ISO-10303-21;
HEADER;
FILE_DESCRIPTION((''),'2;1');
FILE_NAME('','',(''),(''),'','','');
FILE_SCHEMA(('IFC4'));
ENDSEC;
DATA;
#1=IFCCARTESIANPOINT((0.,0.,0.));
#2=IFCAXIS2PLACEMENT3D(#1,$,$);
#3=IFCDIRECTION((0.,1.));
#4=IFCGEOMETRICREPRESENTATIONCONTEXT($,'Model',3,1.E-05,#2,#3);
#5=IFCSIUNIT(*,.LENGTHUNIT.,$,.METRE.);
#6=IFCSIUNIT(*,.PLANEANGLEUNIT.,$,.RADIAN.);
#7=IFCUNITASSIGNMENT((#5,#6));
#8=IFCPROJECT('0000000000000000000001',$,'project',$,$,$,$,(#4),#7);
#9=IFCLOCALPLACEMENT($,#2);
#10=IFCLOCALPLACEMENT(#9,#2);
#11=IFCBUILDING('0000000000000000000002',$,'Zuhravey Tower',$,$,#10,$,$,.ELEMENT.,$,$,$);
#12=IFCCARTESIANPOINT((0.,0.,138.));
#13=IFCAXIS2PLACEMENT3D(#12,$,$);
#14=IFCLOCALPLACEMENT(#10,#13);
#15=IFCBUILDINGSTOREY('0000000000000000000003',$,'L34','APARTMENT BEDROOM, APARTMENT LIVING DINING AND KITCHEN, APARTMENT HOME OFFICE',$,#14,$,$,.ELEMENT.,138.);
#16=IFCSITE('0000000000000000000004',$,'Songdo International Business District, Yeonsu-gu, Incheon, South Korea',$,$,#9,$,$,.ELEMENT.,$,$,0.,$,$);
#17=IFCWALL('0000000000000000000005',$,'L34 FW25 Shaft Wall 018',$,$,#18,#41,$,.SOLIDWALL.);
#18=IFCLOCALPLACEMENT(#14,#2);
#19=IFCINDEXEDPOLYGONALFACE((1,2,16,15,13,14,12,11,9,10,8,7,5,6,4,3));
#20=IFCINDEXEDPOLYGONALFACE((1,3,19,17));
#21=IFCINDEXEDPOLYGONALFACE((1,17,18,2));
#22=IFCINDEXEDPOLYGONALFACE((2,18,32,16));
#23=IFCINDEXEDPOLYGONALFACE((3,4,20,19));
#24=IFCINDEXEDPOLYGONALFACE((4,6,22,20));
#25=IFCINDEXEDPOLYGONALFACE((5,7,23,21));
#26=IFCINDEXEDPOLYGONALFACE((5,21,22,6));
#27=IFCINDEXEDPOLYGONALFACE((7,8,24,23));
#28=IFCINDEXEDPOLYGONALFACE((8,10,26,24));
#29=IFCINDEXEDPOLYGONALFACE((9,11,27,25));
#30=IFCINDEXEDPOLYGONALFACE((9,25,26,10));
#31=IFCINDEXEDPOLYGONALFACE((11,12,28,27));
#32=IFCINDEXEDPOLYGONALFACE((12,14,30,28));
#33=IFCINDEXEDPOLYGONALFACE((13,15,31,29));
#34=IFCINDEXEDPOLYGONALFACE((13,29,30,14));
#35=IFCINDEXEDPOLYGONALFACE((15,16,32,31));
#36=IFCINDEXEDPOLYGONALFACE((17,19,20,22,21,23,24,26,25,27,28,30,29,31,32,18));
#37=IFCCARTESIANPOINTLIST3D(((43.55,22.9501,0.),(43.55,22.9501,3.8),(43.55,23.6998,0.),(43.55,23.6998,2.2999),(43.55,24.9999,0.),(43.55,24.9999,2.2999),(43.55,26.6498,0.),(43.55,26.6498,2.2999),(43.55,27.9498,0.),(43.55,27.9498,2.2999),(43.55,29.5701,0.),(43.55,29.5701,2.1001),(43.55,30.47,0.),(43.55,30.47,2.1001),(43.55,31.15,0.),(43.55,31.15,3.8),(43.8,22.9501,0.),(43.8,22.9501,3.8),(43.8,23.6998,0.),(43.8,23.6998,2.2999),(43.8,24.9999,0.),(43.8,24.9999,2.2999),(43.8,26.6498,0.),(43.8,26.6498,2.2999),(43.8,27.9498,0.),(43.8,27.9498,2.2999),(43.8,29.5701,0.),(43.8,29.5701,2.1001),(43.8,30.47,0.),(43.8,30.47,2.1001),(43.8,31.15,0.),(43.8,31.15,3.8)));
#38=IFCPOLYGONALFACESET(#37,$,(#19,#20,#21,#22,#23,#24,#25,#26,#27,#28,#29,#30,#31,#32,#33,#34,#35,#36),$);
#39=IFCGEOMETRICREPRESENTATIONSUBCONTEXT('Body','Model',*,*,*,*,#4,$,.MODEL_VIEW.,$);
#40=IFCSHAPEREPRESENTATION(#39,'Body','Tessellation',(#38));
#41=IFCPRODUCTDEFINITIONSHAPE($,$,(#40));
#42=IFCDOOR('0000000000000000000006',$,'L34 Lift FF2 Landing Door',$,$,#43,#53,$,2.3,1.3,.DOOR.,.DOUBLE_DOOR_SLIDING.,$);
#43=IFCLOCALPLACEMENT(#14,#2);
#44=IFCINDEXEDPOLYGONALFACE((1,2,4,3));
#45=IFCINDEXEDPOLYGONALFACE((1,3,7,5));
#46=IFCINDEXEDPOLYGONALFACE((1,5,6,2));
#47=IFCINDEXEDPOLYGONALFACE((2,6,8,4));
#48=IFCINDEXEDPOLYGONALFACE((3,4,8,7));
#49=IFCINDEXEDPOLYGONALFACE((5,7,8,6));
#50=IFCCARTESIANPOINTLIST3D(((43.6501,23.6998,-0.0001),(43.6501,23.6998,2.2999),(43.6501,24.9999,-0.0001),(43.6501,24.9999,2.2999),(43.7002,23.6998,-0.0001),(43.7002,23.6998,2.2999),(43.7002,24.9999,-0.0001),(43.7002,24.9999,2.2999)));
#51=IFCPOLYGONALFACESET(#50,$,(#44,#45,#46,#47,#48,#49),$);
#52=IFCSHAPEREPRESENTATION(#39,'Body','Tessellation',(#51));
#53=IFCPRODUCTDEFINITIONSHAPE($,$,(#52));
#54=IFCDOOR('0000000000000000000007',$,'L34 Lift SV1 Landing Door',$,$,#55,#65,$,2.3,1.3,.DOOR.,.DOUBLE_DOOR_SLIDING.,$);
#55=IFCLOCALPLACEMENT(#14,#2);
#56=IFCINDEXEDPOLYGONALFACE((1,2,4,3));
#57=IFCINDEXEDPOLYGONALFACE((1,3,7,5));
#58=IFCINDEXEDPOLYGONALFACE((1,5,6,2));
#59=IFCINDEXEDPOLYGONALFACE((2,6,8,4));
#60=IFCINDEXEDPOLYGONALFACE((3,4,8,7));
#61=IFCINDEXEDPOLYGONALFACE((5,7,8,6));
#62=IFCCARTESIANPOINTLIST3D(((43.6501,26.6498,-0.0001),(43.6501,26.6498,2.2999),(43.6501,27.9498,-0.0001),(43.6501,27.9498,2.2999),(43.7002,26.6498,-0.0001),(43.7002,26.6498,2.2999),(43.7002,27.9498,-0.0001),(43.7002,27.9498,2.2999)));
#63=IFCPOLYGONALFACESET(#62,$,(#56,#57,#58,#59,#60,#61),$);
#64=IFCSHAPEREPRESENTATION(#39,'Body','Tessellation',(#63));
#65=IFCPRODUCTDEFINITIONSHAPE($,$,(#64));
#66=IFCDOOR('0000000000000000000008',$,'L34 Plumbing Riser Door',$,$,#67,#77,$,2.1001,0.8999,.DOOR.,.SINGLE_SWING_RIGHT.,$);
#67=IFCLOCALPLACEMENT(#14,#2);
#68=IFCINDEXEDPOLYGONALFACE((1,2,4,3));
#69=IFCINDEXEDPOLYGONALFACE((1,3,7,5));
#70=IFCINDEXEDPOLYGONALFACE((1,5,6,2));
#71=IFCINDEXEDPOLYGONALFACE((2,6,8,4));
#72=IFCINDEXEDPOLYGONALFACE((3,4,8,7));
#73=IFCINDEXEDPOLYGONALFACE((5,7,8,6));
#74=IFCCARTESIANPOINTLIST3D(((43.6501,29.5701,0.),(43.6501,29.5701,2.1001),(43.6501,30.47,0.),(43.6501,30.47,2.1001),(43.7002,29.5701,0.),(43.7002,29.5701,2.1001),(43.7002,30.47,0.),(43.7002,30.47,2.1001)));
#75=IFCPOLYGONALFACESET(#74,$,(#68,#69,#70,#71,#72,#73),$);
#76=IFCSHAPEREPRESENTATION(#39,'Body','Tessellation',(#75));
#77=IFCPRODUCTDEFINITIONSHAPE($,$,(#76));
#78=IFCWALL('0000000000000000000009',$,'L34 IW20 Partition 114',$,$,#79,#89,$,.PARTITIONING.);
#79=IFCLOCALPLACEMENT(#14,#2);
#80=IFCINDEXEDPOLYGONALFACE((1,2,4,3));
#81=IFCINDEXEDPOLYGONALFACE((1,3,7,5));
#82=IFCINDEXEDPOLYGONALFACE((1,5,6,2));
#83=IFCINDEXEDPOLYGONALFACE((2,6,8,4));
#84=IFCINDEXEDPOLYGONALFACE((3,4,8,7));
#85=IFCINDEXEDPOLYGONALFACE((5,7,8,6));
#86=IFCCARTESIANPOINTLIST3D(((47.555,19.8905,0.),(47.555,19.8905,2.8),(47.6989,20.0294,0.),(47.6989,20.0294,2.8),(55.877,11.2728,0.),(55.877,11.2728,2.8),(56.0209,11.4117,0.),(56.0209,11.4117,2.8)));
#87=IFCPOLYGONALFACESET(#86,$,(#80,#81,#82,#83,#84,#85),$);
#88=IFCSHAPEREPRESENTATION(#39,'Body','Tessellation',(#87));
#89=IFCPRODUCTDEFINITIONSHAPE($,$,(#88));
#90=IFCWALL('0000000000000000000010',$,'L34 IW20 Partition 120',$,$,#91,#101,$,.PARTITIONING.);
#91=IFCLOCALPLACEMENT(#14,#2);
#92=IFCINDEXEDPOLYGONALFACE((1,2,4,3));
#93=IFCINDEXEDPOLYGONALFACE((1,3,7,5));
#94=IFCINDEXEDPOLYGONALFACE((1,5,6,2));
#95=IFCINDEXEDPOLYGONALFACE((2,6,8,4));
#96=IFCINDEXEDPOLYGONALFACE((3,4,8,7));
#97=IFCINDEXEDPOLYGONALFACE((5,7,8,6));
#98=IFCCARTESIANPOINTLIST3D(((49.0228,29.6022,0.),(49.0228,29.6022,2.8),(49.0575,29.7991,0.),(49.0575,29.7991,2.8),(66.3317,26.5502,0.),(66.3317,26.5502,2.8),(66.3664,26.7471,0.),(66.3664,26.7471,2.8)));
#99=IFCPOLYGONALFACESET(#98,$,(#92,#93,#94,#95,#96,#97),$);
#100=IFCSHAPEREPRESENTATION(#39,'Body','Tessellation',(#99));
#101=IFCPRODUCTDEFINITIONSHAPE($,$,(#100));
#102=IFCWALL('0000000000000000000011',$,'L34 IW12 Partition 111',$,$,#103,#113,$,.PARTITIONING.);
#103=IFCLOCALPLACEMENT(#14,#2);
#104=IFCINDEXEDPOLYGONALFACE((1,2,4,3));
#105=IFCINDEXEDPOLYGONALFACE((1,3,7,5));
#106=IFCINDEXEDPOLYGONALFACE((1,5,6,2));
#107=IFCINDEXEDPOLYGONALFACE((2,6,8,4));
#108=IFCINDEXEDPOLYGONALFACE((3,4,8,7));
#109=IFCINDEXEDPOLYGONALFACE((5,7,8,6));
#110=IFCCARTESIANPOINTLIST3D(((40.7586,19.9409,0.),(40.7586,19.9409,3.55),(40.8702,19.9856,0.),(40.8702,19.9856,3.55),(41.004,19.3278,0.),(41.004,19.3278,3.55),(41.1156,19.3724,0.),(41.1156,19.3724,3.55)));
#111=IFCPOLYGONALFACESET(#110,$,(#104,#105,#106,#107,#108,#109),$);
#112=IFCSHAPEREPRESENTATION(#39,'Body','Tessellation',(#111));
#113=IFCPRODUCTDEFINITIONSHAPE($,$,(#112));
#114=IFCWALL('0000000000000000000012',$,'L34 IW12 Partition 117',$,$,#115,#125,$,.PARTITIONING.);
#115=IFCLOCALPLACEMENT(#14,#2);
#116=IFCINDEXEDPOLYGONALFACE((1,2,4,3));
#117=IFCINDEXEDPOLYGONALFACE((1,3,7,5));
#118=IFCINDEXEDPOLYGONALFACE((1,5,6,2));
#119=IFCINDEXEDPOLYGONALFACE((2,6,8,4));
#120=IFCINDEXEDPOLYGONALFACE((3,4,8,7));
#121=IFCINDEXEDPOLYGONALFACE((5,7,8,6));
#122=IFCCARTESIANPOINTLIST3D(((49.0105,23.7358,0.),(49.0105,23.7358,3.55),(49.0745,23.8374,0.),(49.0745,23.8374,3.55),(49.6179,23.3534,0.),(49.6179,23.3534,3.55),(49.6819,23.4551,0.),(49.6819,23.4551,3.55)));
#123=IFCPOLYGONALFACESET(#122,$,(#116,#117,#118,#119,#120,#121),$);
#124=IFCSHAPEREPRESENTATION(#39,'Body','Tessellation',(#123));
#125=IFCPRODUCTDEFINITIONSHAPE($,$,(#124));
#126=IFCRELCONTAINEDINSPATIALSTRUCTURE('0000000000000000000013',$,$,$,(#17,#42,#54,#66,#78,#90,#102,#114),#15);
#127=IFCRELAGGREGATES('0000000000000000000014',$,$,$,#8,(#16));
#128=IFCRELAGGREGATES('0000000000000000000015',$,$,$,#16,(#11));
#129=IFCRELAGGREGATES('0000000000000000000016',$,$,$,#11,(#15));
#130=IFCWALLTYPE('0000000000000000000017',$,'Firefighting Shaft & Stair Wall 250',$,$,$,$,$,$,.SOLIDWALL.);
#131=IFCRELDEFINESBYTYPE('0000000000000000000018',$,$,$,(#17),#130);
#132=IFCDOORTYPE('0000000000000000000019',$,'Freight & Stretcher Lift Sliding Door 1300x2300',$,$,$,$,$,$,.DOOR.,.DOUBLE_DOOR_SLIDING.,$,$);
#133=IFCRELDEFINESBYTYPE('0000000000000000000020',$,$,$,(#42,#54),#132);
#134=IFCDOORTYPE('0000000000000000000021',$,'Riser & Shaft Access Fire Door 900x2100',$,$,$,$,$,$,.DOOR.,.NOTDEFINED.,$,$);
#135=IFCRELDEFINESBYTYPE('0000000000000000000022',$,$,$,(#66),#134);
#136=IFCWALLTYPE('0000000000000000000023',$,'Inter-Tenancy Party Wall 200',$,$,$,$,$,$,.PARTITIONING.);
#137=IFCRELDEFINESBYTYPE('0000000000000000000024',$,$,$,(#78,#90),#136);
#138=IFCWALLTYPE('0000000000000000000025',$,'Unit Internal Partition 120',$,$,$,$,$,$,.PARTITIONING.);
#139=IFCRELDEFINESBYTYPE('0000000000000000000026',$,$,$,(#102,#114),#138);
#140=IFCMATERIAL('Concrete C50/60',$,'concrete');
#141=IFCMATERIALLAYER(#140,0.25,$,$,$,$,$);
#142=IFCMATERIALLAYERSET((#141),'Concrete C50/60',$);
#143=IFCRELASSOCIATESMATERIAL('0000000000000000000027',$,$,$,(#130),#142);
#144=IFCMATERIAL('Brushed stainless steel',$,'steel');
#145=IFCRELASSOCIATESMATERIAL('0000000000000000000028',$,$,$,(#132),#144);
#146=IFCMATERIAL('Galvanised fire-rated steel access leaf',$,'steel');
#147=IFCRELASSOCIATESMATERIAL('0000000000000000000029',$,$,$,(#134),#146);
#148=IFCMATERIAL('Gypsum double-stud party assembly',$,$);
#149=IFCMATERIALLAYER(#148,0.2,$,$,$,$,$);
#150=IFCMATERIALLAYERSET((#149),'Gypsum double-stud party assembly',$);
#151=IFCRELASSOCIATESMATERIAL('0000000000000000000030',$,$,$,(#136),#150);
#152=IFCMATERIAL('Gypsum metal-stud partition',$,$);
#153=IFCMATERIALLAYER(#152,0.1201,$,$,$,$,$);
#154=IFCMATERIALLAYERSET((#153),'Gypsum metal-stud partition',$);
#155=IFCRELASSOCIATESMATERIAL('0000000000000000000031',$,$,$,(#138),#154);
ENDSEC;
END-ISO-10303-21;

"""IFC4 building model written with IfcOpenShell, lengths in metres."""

from ifc_helpers import new_model, si_unit, direction, frame, frame_2d, origin, place, context, subcontext, project, spatial, rectangle, extrude, material, layer, layer_set, type_object, element, fill, save


model = new_model("IFC4")

# Units and contexts
model_context = context("Model", 3, precision=1e-05, world=origin(), true_north=direction((0.0, 1.0)))
body_context = subcontext(model_context, "Body", "Model", "MODEL_VIEW")
ifc_project = project(units=[si_unit("LENGTHUNIT", "METRE"), si_unit("PLANEANGLEUNIT", "RADIAN")], contexts=[model_context])

# Site, building, storey
site_placement = place(None, origin())
site = spatial("IfcSite", under=ifc_project, at=site_placement, Name="Songdo International Business District, Yeonsu-gu, Incheon, South Korea", CompositionType="ELEMENT", RefElevation=0.0)
building_placement = place(site_placement, origin())
building = spatial("IfcBuilding", under=site, at=building_placement, Name="Zuhravey Tower", CompositionType="ELEMENT")
storey_placement = place(building_placement, frame((0.0, 0.0, 138.0)))
storey = spatial("IfcBuildingStorey", under=building, at=storey_placement, Name="L34", Description="APARTMENT BEDROOM, APARTMENT LIVING DINING AND KITCHEN, APARTMENT HOME OFFICE", CompositionType="ELEMENT", Elevation=138.0)

# Shared definitions
ifc_material_1 = material(Name="Concrete C50/60", Category="concrete")
ifc_layer_1 = layer(ifc_material_1, 0.25)
ifc_layer_set_1 = layer_set([ifc_layer_1], Name="Concrete C50/60")
wall_type_1 = type_object("IfcWallType", Name="Firefighting Shaft & Stair Wall 250", PredefinedType="SOLIDWALL", material=ifc_layer_set_1)

# Wall, openings, doors
wall_1_placement = place(storey_placement, frame((43.675, 22.95, 0.0), z_axis=(0.0, 0.0, 1.0), x_axis=(0.0, 1.0, 0.0)))
wall_1 = element("IfcWall", 1, at=wall_1_placement, inside=storey, type_object=wall_type_1, Name="L34 FW25 Shaft Wall 018", PredefinedType="SOLIDWALL", context=body_context, shape_type="SweptSolid", body=[
    extrude(rectangle(XDim=8.2, YDim=0.25, at=frame_2d((4.1001, 0.0))), origin(), (0.0, 0.0, 1.0), 3.8),
])
opening_1_placement = place(wall_1_placement, frame((0.75, 0.0, 0.0)))
opening_1 = element("IfcOpeningElement", 2, at=opening_1_placement, cuts=wall_1, PredefinedType="OPENING", context=body_context, shape_type="SweptSolid", body=[
    extrude(rectangle(XDim=1.3, YDim=2.3, at=frame_2d((0.6499, 1.1499))), frame((0.0, 0.137, 0.0), z_axis=(0.0, -1.0, 0.0), x_axis=(1.0, 0.0, 0.0)), (0.0, 0.0, 1.0), 0.2739),
])
opening_2_placement = place(wall_1_placement, frame((3.7, 0.0, 0.0)))
opening_2 = element("IfcOpeningElement", 3, at=opening_2_placement, cuts=wall_1, PredefinedType="OPENING", context=body_context, shape_type="SweptSolid", body=[
    extrude(rectangle(XDim=1.3, YDim=2.3, at=frame_2d((0.6499, 1.1499))), frame((0.0, 0.137, 0.0), z_axis=(0.0, -1.0, 0.0), x_axis=(1.0, 0.0, 0.0)), (0.0, 0.0, 1.0), 0.2739),
])
opening_3_placement = place(wall_1_placement, frame((6.6201, 0.0, 0.0)))
opening_3 = element("IfcOpeningElement", 4, at=opening_3_placement, cuts=wall_1, PredefinedType="OPENING", context=body_context, shape_type="SweptSolid", body=[
    extrude(rectangle(XDim=0.8999, YDim=2.1001, at=frame_2d((0.45, 1.05))), frame((0.0, 0.137, 0.0), z_axis=(0.0, -1.0, 0.0), x_axis=(1.0, 0.0, 0.0)), (0.0, 0.0, 1.0), 0.2739),
])
ifc_material_2 = material(Name="Brushed stainless steel", Category="steel")
door_type_1 = type_object("IfcDoorType", Name="Freight & Stretcher Lift Sliding Door 1300x2300", OperationType="DOUBLE_DOOR_SLIDING", PredefinedType="DOOR", material=ifc_material_2)
door_1_placement = place(opening_1_placement, origin())
door_1 = element("IfcDoor", 5, at=door_1_placement, inside=storey, type_object=door_type_1, Name="L34 Lift FF2 Landing Door", OperationType="DOUBLE_DOOR_SLIDING", OverallHeight=2.3, OverallWidth=1.3, PredefinedType="DOOR", context=body_context, shape_type="SweptSolid", body=[
    extrude(rectangle(XDim=1.3, YDim=2.3, at=frame_2d((0.6499, 1.1499))), frame((0.0, 0.0249, 0.0), z_axis=(0.0, -1.0, 0.0), x_axis=(1.0, 0.0, 0.0)), (0.0, 0.0, 1.0), 0.05),
])
fill(opening_1, door_1)
door_2_placement = place(opening_2_placement, origin())
door_2 = element("IfcDoor", 6, at=door_2_placement, inside=storey, type_object=door_type_1, Name="L34 Lift SV1 Landing Door", OperationType="DOUBLE_DOOR_SLIDING", OverallHeight=2.3, OverallWidth=1.3, PredefinedType="DOOR", context=body_context, shape_type="SweptSolid", body=[
    extrude(rectangle(XDim=1.3, YDim=2.3, at=frame_2d((0.6499, 1.1499))), frame((0.0, 0.0249, 0.0), z_axis=(0.0, -1.0, 0.0), x_axis=(1.0, 0.0, 0.0)), (0.0, 0.0, 1.0), 0.05),
])
fill(opening_2, door_2)
ifc_material_3 = material(Name="Galvanised fire-rated steel access leaf", Category="steel")
door_type_2 = type_object("IfcDoorType", Name="Riser & Shaft Access Fire Door 900x2100", OperationType="NOTDEFINED", PredefinedType="DOOR", material=ifc_material_3)
door_3_placement = place(opening_3_placement, origin())
door_3 = element("IfcDoor", 7, at=door_3_placement, inside=storey, type_object=door_type_2, Name="L34 Plumbing Riser Door", OperationType="SINGLE_SWING_RIGHT", OverallHeight=2.1001, OverallWidth=0.8999, PredefinedType="DOOR", context=body_context, shape_type="SweptSolid", body=[
    extrude(rectangle(XDim=0.8999, YDim=2.1001, at=frame_2d((0.45, 1.05))), frame((0.0, 0.0249, 0.0), z_axis=(0.0, -1.0, 0.0), x_axis=(1.0, 0.0, 0.0)), (0.0, 0.0, 1.0), 0.05),
])
fill(opening_3, door_3)

# Walls
ifc_material_4 = material(Name="Gypsum double-stud party assembly")
ifc_layer_2 = layer(ifc_material_4, 0.2)
ifc_layer_set_2 = layer_set([ifc_layer_2], Name="Gypsum double-stud party assembly")
wall_type_2 = type_object("IfcWallType", Name="Inter-Tenancy Party Wall 200", PredefinedType="PARTITIONING", material=ifc_layer_set_2)
wall_2_placement = place(storey_placement, frame((47.627, 19.96, 0.0), z_axis=(0.0, 0.0, 1.0), x_axis=(0.69466, -0.719339, 0.0)))
element("IfcWall", 8, at=wall_2_placement, inside=storey, type_object=wall_type_2, Name="L34 IW20 Partition 114", PredefinedType="PARTITIONING", context=body_context, shape_type="SweptSolid", body=[
    extrude(rectangle(XDim=11.98, YDim=0.2, at=frame_2d((5.99, 0.0))), origin(), (0.0, 0.0, 1.0), 2.8),
])
wall_3_placement = place(storey_placement, frame((49.04, 29.7007, 0.0), z_axis=(0.0, 0.0, 1.0), x_axis=(0.984808, -0.173647, 0.0)))
element("IfcWall", 9, at=wall_3_placement, inside=storey, type_object=wall_type_2, Name="L34 IW20 Partition 120", PredefinedType="PARTITIONING", context=body_context, shape_type="SweptSolid", body=[
    extrude(rectangle(XDim=17.5759, YDim=0.2, at=frame_2d((8.7881, 0.0))), origin(), (0.0, 0.0, 1.0), 2.8),
])
ifc_material_5 = material(Name="Gypsum metal-stud partition")
ifc_layer_3 = layer(ifc_material_5, 0.1201)
ifc_layer_set_3 = layer_set([ifc_layer_3], Name="Gypsum metal-stud partition")
wall_type_3 = type_object("IfcWallType", Name="Unit Internal Partition 120", PredefinedType="PARTITIONING", material=ifc_layer_set_3)
wall_4_placement = place(storey_placement, frame((40.8145, 19.9631, 0.0), z_axis=(0.0, 0.0, 1.0), x_axis=(0.371582, -0.9284, 0.0)))
element("IfcWall", 10, at=wall_4_placement, inside=storey, type_object=wall_type_3, Name="L34 IW12 Partition 111", PredefinedType="PARTITIONING", context=body_context, shape_type="SweptSolid", body=[
    extrude(rectangle(XDim=0.6604, YDim=0.1201, at=frame_2d((0.3301, 0.0))), origin(), (0.0, 0.0, 1.0), 3.55),
])
wall_5_placement = place(storey_placement, frame((49.0425, 23.7866, 0.0), z_axis=(0.0, 0.0, 1.0), x_axis=(0.846312, -0.532687, 0.0)))
element("IfcWall", 11, at=wall_5_placement, inside=storey, type_object=wall_type_3, Name="L34 IW12 Partition 117", PredefinedType="PARTITIONING", context=body_context, shape_type="SweptSolid", body=[
    extrude(rectangle(XDim=0.7178, YDim=0.1201, at=frame_2d((0.3589, 0.0))), origin(), (0.0, 0.0, 1.0), 3.55),
])

save(model, "model.ifc")
